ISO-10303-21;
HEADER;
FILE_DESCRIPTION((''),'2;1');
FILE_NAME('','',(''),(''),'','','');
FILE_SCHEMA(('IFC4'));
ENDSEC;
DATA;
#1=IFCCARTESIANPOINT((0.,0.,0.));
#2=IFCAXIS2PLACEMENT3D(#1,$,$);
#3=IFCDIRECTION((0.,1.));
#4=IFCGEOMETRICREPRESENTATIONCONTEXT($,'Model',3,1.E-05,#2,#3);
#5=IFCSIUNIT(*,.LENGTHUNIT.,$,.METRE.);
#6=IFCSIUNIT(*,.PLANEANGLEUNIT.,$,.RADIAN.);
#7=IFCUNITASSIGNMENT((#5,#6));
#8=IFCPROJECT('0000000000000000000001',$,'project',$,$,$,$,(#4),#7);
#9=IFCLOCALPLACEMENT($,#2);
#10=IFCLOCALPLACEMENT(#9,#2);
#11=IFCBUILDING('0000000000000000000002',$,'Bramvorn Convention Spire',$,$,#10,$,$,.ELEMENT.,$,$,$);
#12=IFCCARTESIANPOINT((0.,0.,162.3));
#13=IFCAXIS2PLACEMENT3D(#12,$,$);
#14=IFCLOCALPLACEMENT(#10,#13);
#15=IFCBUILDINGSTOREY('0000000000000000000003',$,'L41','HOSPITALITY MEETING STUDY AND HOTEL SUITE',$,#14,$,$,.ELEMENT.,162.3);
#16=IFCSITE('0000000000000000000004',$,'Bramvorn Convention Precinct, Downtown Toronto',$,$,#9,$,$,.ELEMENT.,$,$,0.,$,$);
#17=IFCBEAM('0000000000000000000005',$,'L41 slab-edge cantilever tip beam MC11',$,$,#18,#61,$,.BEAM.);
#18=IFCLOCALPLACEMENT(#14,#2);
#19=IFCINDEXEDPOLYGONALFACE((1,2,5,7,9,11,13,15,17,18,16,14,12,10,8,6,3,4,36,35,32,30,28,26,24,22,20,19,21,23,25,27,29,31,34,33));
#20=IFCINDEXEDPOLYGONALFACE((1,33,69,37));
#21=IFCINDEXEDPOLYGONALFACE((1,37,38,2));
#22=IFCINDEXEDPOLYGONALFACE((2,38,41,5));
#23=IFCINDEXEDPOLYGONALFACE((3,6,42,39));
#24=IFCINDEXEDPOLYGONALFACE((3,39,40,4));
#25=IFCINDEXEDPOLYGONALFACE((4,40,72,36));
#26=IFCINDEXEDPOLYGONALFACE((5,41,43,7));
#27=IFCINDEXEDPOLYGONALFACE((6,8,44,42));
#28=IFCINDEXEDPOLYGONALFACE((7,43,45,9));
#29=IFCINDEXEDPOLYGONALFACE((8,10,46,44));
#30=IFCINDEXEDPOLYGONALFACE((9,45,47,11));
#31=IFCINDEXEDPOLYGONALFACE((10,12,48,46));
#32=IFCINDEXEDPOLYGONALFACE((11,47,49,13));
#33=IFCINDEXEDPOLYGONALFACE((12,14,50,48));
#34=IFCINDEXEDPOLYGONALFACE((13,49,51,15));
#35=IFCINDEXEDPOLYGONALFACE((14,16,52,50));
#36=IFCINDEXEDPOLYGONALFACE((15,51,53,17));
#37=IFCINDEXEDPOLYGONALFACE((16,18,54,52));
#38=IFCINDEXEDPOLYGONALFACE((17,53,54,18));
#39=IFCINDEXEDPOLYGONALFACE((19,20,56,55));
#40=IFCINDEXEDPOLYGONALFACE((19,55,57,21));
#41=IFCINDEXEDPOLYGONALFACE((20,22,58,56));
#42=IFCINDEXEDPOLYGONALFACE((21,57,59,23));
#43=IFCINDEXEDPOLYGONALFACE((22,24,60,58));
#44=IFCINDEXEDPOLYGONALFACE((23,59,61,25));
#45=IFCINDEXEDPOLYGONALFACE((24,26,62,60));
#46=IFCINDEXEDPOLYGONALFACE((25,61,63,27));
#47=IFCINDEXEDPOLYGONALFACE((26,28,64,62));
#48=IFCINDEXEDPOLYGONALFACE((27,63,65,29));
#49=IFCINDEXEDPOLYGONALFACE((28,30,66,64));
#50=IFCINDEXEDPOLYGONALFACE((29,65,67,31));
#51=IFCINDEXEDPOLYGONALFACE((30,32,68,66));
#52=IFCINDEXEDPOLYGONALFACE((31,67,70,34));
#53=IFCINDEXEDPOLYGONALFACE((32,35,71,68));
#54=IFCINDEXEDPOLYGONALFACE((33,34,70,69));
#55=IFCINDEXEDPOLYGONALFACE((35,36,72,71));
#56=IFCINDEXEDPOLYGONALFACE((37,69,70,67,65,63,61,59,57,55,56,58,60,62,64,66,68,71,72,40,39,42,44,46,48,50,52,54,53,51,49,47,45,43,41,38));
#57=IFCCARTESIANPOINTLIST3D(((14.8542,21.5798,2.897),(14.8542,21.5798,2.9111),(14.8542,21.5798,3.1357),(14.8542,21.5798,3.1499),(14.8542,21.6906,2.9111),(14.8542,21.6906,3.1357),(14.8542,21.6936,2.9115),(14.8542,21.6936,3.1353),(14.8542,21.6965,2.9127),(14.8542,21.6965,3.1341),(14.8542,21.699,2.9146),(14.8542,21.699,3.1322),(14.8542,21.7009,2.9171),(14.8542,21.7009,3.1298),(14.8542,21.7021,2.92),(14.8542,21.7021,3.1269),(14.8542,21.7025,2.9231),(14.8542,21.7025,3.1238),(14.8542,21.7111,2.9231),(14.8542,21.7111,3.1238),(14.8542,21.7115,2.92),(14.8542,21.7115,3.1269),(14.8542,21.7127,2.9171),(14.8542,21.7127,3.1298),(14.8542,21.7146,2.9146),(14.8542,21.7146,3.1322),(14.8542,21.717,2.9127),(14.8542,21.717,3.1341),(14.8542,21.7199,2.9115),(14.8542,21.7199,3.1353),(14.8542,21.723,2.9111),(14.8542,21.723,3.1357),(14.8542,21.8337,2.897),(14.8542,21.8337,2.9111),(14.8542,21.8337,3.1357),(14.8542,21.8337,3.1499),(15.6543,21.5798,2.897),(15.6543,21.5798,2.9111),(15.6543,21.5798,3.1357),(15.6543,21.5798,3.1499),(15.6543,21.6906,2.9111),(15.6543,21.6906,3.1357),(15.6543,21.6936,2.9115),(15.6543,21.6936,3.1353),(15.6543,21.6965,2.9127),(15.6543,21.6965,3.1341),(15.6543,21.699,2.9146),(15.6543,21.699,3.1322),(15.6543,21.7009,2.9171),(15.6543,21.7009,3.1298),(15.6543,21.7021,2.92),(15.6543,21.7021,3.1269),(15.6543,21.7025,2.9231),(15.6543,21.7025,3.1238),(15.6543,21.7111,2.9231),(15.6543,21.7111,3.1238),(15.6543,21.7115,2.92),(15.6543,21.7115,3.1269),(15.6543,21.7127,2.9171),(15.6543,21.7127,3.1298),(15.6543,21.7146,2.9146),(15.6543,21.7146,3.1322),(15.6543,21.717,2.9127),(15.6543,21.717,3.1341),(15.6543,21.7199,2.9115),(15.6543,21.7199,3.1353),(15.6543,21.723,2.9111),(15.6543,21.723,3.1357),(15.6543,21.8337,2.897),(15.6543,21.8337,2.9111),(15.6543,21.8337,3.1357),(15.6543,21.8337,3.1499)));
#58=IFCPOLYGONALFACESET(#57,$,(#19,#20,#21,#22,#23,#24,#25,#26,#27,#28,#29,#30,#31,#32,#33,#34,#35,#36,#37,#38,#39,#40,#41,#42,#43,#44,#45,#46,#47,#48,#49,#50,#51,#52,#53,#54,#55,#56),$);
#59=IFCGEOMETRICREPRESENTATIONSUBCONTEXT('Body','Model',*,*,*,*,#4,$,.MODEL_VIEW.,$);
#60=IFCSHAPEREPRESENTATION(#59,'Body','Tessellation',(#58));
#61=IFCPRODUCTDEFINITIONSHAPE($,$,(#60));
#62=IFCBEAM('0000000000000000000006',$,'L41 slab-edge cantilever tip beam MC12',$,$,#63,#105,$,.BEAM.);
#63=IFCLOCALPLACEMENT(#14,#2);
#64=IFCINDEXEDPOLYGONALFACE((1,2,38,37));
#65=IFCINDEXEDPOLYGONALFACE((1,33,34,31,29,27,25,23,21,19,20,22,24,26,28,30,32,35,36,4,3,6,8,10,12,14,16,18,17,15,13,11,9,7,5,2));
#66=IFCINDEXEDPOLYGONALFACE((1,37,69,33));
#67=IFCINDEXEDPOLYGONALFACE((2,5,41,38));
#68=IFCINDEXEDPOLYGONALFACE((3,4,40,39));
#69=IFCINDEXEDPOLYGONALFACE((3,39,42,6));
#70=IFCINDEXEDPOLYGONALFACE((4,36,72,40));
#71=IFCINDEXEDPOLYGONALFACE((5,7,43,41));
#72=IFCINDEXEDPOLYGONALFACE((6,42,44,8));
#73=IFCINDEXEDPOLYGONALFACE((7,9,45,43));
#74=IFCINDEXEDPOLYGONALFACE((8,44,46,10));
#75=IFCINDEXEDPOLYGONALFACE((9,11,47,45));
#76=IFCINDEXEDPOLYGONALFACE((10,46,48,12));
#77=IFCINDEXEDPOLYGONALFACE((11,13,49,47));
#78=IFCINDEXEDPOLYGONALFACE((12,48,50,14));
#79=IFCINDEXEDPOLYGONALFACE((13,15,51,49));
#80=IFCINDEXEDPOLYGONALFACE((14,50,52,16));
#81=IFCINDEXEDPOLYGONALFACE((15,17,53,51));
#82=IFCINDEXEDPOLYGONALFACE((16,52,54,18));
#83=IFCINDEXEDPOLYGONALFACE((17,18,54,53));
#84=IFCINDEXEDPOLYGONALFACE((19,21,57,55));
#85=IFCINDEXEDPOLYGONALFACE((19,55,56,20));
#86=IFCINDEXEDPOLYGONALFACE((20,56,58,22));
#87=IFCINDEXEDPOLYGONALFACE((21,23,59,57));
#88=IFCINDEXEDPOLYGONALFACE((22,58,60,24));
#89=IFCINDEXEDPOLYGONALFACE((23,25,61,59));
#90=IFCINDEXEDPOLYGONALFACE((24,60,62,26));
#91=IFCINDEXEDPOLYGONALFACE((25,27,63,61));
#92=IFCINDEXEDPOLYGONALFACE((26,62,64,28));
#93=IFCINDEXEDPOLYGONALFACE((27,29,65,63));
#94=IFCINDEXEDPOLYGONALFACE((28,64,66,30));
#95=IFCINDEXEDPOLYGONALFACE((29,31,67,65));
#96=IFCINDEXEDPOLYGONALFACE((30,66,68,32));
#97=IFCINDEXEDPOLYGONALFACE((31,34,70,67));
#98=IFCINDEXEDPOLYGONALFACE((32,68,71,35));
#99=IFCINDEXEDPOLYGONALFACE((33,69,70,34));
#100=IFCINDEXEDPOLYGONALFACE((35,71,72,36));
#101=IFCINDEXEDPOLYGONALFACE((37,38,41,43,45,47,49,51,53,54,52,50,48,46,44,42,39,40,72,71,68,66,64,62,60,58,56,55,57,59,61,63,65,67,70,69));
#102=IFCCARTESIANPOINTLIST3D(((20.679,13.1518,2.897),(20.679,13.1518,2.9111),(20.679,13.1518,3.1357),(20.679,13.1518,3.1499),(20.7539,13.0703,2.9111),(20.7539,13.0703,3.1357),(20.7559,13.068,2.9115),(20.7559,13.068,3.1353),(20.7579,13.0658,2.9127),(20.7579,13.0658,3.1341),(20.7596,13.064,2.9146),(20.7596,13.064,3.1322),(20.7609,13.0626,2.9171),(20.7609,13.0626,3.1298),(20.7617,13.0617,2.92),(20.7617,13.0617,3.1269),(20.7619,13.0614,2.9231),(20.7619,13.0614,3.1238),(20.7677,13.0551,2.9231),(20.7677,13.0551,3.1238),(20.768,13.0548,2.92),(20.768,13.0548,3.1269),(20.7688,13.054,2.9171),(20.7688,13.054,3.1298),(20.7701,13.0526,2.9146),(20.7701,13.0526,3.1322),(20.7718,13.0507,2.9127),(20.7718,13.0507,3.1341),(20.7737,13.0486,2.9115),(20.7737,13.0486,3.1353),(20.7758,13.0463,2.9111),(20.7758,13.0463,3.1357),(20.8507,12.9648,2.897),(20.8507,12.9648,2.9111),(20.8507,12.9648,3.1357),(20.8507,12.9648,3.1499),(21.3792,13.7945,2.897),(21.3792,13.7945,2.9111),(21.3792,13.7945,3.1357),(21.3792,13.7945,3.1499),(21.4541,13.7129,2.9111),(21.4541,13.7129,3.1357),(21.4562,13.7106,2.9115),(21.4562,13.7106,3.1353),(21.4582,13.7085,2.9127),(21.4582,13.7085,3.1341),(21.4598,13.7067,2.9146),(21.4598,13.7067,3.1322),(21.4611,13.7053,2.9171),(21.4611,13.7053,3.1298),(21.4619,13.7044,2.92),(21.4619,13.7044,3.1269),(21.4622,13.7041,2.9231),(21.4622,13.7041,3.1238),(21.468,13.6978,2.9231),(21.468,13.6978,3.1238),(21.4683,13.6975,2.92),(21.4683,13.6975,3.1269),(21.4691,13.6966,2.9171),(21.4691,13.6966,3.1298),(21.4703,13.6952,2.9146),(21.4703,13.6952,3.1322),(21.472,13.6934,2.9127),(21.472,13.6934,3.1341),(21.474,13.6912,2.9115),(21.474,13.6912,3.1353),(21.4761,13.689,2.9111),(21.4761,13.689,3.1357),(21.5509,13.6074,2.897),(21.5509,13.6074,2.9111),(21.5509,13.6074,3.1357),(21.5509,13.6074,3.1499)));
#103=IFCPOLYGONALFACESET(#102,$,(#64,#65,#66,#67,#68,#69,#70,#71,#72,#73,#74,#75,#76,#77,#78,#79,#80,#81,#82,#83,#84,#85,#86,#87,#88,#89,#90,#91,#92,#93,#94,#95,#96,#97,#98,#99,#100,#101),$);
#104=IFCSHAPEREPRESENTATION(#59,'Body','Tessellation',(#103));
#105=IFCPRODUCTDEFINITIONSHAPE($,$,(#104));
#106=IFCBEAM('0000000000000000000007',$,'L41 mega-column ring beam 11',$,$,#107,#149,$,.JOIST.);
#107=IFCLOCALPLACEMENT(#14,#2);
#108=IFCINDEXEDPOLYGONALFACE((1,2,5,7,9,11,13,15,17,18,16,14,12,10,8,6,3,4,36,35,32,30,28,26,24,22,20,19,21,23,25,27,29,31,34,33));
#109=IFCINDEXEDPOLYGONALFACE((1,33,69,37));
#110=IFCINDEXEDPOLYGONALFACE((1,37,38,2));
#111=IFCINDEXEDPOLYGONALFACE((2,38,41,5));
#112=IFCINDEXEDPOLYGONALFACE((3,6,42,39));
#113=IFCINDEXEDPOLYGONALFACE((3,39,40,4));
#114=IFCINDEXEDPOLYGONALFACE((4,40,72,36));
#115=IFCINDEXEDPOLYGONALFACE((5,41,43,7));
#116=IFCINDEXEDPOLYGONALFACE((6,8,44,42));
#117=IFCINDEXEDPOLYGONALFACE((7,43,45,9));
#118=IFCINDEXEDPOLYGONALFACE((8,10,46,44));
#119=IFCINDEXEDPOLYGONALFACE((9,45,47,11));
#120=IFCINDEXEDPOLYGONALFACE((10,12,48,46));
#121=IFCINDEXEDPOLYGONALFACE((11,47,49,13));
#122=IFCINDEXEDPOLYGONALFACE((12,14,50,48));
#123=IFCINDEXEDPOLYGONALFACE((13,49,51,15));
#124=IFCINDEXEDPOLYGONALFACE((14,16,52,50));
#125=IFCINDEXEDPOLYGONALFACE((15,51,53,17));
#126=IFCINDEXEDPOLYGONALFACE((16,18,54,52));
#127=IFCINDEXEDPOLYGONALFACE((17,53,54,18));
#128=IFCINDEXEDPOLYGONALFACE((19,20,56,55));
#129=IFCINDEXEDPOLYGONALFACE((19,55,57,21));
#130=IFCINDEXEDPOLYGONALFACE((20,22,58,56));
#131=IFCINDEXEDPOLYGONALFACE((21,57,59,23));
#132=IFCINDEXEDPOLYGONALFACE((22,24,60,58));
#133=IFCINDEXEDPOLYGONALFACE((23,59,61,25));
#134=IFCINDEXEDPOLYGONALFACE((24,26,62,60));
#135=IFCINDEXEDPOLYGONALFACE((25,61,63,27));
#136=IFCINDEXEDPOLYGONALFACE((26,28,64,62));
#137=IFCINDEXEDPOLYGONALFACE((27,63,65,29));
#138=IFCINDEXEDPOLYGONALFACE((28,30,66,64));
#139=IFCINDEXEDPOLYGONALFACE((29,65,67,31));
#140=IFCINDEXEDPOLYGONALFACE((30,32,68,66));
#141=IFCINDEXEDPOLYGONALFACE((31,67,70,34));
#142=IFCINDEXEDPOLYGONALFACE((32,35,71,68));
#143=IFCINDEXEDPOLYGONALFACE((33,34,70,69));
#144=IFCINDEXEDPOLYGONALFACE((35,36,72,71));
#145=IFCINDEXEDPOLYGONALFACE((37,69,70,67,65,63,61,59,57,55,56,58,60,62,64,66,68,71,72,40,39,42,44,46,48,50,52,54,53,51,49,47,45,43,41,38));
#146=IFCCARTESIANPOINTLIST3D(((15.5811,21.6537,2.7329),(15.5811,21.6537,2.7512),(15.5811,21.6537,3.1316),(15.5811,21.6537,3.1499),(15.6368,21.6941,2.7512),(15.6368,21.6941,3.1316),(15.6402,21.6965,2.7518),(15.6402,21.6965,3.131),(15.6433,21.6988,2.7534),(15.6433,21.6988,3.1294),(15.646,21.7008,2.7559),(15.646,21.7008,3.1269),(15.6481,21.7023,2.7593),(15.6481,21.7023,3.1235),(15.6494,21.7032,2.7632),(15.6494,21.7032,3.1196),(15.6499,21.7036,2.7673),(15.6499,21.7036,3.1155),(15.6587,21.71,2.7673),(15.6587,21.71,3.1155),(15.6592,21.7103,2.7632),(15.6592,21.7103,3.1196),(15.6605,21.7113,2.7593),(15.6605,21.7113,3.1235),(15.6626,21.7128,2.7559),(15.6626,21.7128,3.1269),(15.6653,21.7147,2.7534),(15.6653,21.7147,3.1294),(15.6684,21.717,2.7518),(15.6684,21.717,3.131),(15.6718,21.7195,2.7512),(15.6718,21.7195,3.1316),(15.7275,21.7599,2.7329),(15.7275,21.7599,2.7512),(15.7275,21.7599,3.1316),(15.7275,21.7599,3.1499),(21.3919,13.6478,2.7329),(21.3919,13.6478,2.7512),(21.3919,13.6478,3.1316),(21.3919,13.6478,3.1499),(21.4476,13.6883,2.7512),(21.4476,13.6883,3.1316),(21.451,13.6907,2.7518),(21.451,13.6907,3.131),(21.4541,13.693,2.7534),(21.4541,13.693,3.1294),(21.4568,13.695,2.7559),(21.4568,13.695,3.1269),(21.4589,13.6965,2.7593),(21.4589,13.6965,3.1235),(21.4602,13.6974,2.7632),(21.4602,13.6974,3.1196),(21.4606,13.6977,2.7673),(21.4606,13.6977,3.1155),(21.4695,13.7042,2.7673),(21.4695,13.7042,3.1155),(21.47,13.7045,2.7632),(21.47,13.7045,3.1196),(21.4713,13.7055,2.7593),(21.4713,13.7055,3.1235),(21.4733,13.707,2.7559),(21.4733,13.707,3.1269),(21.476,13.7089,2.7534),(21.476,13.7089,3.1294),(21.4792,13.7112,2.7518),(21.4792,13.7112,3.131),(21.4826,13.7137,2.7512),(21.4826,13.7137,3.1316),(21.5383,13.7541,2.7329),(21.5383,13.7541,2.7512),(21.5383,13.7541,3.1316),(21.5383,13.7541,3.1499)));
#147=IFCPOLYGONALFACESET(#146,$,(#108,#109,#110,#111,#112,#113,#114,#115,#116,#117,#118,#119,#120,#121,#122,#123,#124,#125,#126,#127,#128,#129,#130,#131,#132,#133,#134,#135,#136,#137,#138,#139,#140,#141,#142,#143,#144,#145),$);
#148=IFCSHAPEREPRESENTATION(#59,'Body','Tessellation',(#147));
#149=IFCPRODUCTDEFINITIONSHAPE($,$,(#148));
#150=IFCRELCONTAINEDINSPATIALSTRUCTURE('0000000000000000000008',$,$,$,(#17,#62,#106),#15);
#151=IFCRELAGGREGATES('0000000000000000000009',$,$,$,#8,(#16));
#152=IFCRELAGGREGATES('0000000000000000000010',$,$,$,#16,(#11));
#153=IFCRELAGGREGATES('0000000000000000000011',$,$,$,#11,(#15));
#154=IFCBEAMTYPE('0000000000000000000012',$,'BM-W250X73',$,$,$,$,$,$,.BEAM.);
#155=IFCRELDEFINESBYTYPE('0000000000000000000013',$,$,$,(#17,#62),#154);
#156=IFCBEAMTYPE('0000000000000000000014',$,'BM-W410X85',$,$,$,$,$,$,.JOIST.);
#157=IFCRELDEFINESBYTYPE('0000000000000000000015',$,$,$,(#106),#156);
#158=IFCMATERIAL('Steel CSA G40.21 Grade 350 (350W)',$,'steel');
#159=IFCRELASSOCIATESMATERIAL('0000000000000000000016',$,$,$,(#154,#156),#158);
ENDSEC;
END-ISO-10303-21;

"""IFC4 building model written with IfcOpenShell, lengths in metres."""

from ifc_helpers import new_model, si_unit, direction, frame, origin, origin_2d, place, context, subcontext, project, spatial, i_section, extrude, material, material_profile, profile_set, type_object, element, save


model = new_model("IFC4")

# Units and contexts
model_context = context("Model", 3, precision=1e-05, world=origin(), true_north=direction((0.0, 1.0)))
body_context = subcontext(model_context, "Body", "Model", "MODEL_VIEW")
ifc_project = project(units=[si_unit("LENGTHUNIT", "METRE"), si_unit("PLANEANGLEUNIT", "RADIAN")], contexts=[model_context])

# Site, building, storey
site_placement = place(None, origin())
site = spatial("IfcSite", under=ifc_project, at=site_placement, Name="Bramvorn Convention Precinct, Downtown Toronto", CompositionType="ELEMENT", RefElevation=0.0)
building_placement = place(site_placement, origin())
building = spatial("IfcBuilding", under=site, at=building_placement, Name="Bramvorn Convention Spire", CompositionType="ELEMENT")
storey_placement = place(building_placement, frame((0.0, 0.0, 162.3)))
storey = spatial("IfcBuildingStorey", under=building, at=storey_placement, Name="L41", Description="HOSPITALITY MEETING STUDY AND HOTEL SUITE", CompositionType="ELEMENT", Elevation=162.3)

# Shared definitions
ifc_material_1 = material(Name="Steel CSA G40.21 Grade 350 (350W)", Category="steel")

# Beams
ifc_material_profile_1 = material_profile(ifc_material_1, i_section(OverallWidth=0.2539, OverallDepth=0.2529, WebThickness=0.0085, FlangeThickness=0.0142, FilletRadius=0.012, at=origin_2d()))
ifc_profile_set_1 = profile_set([ifc_material_profile_1], Name="Steel CSA G40.21 Grade 350 (350W) - W250X73")
beam_type_1 = type_object("IfcBeamType", Name="BM-W250X73", PredefinedType="BEAM", material=ifc_profile_set_1)
beam_1_placement = place(storey_placement, frame((15.6543, 21.7068, 3.0234), z_axis=(-1.0, 0.0, 0.0), x_axis=(0.0, -1.0, 0.0)))
element("IfcBeam", 1, at=beam_1_placement, inside=storey, type_object=beam_type_1, Name="L41 slab-edge cantilever tip beam MC11", PredefinedType="BEAM", context=body_context, shape_type="SweptSolid", body=[
    extrude(i_section(OverallWidth=0.2539, OverallDepth=0.2529, WebThickness=0.0085, FlangeThickness=0.0142, FilletRadius=0.012, at=origin_2d()), origin(), (0.0, 0.0, 1.0), 0.8),
])
beam_2_placement = place(storey_placement, frame((21.4651, 13.7009, 3.0234), z_axis=(-0.73677, -0.676143, 0.0), x_axis=(0.676143, -0.73677, 0.0)))
element("IfcBeam", 2, at=beam_2_placement, inside=storey, type_object=beam_type_1, Name="L41 slab-edge cantilever tip beam MC12", PredefinedType="BEAM", context=body_context, shape_type="SweptSolid", body=[
    extrude(i_section(OverallWidth=0.2539, OverallDepth=0.2529, WebThickness=0.0085, FlangeThickness=0.0142, FilletRadius=0.012, at=origin_2d()), origin(), (0.0, 0.0, 1.0), 0.9504),
])
ifc_material_profile_2 = material_profile(ifc_material_1, i_section(OverallWidth=0.1809, OverallDepth=0.417, WebThickness=0.011, FlangeThickness=0.0183, FilletRadius=0.0161, at=origin_2d()))
ifc_profile_set_2 = profile_set([ifc_material_profile_2], Name="Steel CSA G40.21 Grade 350 (350W) - W410X85")
beam_type_2 = type_object("IfcBeamType", Name="BM-W410X85", PredefinedType="JOIST", material=ifc_profile_set_2)
beam_3_placement = place(storey_placement, frame((15.6543, 21.7068, 2.9414), z_axis=(0.587401, -0.809296, 0.0), x_axis=(0.809296, 0.587401, 0.0)))
element("IfcBeam", 3, at=beam_3_placement, inside=storey, type_object=beam_type_2, Name="L41 mega-column ring beam 11", PredefinedType="JOIST", context=body_context, shape_type="SweptSolid", body=[
    extrude(i_section(OverallWidth=0.1809, OverallDepth=0.417, WebThickness=0.011, FlangeThickness=0.0183, FilletRadius=0.0161, at=origin_2d()), origin(), (0.0, 0.0, 1.0), 9.8923),
])

save(model, "model.ifc")
